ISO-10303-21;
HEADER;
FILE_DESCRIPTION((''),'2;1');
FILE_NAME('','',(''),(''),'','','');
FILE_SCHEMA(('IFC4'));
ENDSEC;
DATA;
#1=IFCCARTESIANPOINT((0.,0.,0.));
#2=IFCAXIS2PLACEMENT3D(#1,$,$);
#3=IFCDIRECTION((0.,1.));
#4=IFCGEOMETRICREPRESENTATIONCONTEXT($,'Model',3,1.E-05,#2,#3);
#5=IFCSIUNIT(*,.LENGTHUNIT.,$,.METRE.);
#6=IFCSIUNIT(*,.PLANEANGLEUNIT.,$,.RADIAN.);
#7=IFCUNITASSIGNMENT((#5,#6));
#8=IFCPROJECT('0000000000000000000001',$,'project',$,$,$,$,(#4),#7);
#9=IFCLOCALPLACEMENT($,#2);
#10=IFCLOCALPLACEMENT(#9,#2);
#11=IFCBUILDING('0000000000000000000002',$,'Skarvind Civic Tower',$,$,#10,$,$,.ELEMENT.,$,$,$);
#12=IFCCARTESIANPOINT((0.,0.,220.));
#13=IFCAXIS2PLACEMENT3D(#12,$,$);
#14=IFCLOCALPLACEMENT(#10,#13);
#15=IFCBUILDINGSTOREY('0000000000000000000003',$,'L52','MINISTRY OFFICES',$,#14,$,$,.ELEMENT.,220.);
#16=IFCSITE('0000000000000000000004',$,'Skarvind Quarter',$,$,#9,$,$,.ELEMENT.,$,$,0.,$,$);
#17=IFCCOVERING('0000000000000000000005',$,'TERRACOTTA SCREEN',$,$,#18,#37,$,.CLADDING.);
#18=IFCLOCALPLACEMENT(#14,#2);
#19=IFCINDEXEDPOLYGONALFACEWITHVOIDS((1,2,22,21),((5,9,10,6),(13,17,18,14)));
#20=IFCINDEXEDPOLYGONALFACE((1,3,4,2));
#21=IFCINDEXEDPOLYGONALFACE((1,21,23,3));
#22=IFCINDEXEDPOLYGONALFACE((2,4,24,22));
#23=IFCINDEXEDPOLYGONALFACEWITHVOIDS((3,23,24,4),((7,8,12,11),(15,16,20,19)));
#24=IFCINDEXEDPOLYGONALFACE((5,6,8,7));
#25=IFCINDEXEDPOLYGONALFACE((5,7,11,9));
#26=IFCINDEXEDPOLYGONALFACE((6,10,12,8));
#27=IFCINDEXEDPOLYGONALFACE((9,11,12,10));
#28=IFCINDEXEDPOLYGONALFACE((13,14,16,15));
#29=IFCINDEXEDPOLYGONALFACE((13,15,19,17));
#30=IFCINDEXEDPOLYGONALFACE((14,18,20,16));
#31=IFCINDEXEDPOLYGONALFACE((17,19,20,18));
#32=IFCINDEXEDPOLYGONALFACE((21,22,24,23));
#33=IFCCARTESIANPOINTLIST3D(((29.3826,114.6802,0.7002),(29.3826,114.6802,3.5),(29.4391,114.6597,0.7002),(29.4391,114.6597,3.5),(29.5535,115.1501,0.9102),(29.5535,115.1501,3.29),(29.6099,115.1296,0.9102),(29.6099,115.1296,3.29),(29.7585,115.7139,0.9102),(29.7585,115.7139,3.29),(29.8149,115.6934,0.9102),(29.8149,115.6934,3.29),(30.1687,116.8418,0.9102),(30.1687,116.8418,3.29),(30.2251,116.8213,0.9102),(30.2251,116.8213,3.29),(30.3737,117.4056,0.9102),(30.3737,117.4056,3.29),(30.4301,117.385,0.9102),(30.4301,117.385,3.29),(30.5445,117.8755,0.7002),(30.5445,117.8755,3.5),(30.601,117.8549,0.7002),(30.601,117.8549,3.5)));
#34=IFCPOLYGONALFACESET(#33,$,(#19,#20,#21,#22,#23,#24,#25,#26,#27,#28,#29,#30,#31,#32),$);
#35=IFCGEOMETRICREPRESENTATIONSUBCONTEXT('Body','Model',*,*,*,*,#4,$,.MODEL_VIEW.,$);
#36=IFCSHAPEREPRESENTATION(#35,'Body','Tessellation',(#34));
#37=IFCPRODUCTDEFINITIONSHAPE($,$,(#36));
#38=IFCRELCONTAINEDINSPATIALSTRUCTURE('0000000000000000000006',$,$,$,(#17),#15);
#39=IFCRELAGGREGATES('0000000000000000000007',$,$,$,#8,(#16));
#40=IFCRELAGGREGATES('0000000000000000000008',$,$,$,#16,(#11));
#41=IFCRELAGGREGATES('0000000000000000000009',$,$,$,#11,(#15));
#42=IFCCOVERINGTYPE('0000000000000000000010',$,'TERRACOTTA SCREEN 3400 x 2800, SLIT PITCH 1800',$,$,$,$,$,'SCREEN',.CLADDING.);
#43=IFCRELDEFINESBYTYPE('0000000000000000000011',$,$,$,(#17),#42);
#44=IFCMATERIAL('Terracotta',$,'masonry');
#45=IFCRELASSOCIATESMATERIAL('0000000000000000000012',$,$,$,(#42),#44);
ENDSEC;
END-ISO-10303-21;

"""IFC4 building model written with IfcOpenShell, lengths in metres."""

from ifc_helpers import new_model, si_unit, direction, frame, origin, place, context, subcontext, project, spatial, polyline, outline, extrude, material, material_profile, profile_set, type_object, element, save


model = new_model("IFC4")

# Units and contexts
model_context = context("Model", 3, precision=1e-05, world=origin(), true_north=direction((0.0, 1.0)))
body_context = subcontext(model_context, "Body", "Model", "MODEL_VIEW")
ifc_project = project(units=[si_unit("LENGTHUNIT", "METRE"), si_unit("PLANEANGLEUNIT", "RADIAN")], contexts=[model_context])

# Site, building, storey
site_placement = place(None, origin())
site = spatial("IfcSite", under=ifc_project, at=site_placement, Name="Skarvind Quarter", CompositionType="ELEMENT", RefElevation=0.0)
building_placement = place(site_placement, origin())
building = spatial("IfcBuilding", under=site, at=building_placement, Name="Skarvind Civic Tower", CompositionType="ELEMENT")
storey_placement = place(building_placement, frame((0.0, 0.0, 220.0)))
storey = spatial("IfcBuildingStorey", under=building, at=storey_placement, Name="L52", Description="MINISTRY OFFICES", CompositionType="ELEMENT", Elevation=220.0)

# Covering
ifc_material_1 = material(Name="Terracotta", Category="masonry")
ifc_material_profile_1 = material_profile(ifc_material_1, outline(polyline([(-1.7, -1.3999), (1.7, -1.3999), (1.7, 1.3999), (-1.7, 1.3999), (-1.7, -1.3999)]), holes=[polyline([(-1.2, -1.1899), (-0.6001, -1.1899), (-0.6001, 1.1899), (-1.2, 1.1899), (-1.2, -1.1899)]), polyline([(0.6001, -1.1899), (1.2, -1.1899), (1.2, 1.1899), (0.6001, 1.1899), (0.6001, -1.1899)])]), Name="TERRACOTTA SCREEN 3400 x 2800, SLIT PITCH 1800")
ifc_profile_set_1 = profile_set([ifc_material_profile_1], Name="Terracotta")
covering_type = type_object("IfcCoveringType", Name="TERRACOTTA SCREEN 3400 x 2800, SLIT PITCH 1800", ElementType="SCREEN", PredefinedType="CLADDING", material=ifc_profile_set_1)
covering_placement = place(storey_placement, frame((30.02, 116.2573, 2.1001), z_axis=(-0.939793, 0.341743, 0.0), x_axis=(-0.341743, -0.939793, 0.0)))
element("IfcCovering", 1, at=covering_placement, inside=storey, type_object=covering_type, Name="TERRACOTTA SCREEN", PredefinedType="CLADDING", context=body_context, shape_type="SweptSolid", body=[
    extrude(outline(polyline([(-1.7, -1.3999), (1.7, -1.3999), (1.7, 1.3999), (-1.7, 1.3999), (-1.7, -1.3999)]), holes=[polyline([(-1.2, -1.1899), (-0.6001, -1.1899), (-0.6001, 1.1899), (-1.2, 1.1899), (-1.2, -1.1899)]), polyline([(0.6001, -1.1899), (1.2, -1.1899), (1.2, 1.1899), (0.6001, 1.1899), (0.6001, -1.1899)])]), origin(), (0.0, 0.0, 1.0), 0.0601),
])

save(model, "model.ifc")
